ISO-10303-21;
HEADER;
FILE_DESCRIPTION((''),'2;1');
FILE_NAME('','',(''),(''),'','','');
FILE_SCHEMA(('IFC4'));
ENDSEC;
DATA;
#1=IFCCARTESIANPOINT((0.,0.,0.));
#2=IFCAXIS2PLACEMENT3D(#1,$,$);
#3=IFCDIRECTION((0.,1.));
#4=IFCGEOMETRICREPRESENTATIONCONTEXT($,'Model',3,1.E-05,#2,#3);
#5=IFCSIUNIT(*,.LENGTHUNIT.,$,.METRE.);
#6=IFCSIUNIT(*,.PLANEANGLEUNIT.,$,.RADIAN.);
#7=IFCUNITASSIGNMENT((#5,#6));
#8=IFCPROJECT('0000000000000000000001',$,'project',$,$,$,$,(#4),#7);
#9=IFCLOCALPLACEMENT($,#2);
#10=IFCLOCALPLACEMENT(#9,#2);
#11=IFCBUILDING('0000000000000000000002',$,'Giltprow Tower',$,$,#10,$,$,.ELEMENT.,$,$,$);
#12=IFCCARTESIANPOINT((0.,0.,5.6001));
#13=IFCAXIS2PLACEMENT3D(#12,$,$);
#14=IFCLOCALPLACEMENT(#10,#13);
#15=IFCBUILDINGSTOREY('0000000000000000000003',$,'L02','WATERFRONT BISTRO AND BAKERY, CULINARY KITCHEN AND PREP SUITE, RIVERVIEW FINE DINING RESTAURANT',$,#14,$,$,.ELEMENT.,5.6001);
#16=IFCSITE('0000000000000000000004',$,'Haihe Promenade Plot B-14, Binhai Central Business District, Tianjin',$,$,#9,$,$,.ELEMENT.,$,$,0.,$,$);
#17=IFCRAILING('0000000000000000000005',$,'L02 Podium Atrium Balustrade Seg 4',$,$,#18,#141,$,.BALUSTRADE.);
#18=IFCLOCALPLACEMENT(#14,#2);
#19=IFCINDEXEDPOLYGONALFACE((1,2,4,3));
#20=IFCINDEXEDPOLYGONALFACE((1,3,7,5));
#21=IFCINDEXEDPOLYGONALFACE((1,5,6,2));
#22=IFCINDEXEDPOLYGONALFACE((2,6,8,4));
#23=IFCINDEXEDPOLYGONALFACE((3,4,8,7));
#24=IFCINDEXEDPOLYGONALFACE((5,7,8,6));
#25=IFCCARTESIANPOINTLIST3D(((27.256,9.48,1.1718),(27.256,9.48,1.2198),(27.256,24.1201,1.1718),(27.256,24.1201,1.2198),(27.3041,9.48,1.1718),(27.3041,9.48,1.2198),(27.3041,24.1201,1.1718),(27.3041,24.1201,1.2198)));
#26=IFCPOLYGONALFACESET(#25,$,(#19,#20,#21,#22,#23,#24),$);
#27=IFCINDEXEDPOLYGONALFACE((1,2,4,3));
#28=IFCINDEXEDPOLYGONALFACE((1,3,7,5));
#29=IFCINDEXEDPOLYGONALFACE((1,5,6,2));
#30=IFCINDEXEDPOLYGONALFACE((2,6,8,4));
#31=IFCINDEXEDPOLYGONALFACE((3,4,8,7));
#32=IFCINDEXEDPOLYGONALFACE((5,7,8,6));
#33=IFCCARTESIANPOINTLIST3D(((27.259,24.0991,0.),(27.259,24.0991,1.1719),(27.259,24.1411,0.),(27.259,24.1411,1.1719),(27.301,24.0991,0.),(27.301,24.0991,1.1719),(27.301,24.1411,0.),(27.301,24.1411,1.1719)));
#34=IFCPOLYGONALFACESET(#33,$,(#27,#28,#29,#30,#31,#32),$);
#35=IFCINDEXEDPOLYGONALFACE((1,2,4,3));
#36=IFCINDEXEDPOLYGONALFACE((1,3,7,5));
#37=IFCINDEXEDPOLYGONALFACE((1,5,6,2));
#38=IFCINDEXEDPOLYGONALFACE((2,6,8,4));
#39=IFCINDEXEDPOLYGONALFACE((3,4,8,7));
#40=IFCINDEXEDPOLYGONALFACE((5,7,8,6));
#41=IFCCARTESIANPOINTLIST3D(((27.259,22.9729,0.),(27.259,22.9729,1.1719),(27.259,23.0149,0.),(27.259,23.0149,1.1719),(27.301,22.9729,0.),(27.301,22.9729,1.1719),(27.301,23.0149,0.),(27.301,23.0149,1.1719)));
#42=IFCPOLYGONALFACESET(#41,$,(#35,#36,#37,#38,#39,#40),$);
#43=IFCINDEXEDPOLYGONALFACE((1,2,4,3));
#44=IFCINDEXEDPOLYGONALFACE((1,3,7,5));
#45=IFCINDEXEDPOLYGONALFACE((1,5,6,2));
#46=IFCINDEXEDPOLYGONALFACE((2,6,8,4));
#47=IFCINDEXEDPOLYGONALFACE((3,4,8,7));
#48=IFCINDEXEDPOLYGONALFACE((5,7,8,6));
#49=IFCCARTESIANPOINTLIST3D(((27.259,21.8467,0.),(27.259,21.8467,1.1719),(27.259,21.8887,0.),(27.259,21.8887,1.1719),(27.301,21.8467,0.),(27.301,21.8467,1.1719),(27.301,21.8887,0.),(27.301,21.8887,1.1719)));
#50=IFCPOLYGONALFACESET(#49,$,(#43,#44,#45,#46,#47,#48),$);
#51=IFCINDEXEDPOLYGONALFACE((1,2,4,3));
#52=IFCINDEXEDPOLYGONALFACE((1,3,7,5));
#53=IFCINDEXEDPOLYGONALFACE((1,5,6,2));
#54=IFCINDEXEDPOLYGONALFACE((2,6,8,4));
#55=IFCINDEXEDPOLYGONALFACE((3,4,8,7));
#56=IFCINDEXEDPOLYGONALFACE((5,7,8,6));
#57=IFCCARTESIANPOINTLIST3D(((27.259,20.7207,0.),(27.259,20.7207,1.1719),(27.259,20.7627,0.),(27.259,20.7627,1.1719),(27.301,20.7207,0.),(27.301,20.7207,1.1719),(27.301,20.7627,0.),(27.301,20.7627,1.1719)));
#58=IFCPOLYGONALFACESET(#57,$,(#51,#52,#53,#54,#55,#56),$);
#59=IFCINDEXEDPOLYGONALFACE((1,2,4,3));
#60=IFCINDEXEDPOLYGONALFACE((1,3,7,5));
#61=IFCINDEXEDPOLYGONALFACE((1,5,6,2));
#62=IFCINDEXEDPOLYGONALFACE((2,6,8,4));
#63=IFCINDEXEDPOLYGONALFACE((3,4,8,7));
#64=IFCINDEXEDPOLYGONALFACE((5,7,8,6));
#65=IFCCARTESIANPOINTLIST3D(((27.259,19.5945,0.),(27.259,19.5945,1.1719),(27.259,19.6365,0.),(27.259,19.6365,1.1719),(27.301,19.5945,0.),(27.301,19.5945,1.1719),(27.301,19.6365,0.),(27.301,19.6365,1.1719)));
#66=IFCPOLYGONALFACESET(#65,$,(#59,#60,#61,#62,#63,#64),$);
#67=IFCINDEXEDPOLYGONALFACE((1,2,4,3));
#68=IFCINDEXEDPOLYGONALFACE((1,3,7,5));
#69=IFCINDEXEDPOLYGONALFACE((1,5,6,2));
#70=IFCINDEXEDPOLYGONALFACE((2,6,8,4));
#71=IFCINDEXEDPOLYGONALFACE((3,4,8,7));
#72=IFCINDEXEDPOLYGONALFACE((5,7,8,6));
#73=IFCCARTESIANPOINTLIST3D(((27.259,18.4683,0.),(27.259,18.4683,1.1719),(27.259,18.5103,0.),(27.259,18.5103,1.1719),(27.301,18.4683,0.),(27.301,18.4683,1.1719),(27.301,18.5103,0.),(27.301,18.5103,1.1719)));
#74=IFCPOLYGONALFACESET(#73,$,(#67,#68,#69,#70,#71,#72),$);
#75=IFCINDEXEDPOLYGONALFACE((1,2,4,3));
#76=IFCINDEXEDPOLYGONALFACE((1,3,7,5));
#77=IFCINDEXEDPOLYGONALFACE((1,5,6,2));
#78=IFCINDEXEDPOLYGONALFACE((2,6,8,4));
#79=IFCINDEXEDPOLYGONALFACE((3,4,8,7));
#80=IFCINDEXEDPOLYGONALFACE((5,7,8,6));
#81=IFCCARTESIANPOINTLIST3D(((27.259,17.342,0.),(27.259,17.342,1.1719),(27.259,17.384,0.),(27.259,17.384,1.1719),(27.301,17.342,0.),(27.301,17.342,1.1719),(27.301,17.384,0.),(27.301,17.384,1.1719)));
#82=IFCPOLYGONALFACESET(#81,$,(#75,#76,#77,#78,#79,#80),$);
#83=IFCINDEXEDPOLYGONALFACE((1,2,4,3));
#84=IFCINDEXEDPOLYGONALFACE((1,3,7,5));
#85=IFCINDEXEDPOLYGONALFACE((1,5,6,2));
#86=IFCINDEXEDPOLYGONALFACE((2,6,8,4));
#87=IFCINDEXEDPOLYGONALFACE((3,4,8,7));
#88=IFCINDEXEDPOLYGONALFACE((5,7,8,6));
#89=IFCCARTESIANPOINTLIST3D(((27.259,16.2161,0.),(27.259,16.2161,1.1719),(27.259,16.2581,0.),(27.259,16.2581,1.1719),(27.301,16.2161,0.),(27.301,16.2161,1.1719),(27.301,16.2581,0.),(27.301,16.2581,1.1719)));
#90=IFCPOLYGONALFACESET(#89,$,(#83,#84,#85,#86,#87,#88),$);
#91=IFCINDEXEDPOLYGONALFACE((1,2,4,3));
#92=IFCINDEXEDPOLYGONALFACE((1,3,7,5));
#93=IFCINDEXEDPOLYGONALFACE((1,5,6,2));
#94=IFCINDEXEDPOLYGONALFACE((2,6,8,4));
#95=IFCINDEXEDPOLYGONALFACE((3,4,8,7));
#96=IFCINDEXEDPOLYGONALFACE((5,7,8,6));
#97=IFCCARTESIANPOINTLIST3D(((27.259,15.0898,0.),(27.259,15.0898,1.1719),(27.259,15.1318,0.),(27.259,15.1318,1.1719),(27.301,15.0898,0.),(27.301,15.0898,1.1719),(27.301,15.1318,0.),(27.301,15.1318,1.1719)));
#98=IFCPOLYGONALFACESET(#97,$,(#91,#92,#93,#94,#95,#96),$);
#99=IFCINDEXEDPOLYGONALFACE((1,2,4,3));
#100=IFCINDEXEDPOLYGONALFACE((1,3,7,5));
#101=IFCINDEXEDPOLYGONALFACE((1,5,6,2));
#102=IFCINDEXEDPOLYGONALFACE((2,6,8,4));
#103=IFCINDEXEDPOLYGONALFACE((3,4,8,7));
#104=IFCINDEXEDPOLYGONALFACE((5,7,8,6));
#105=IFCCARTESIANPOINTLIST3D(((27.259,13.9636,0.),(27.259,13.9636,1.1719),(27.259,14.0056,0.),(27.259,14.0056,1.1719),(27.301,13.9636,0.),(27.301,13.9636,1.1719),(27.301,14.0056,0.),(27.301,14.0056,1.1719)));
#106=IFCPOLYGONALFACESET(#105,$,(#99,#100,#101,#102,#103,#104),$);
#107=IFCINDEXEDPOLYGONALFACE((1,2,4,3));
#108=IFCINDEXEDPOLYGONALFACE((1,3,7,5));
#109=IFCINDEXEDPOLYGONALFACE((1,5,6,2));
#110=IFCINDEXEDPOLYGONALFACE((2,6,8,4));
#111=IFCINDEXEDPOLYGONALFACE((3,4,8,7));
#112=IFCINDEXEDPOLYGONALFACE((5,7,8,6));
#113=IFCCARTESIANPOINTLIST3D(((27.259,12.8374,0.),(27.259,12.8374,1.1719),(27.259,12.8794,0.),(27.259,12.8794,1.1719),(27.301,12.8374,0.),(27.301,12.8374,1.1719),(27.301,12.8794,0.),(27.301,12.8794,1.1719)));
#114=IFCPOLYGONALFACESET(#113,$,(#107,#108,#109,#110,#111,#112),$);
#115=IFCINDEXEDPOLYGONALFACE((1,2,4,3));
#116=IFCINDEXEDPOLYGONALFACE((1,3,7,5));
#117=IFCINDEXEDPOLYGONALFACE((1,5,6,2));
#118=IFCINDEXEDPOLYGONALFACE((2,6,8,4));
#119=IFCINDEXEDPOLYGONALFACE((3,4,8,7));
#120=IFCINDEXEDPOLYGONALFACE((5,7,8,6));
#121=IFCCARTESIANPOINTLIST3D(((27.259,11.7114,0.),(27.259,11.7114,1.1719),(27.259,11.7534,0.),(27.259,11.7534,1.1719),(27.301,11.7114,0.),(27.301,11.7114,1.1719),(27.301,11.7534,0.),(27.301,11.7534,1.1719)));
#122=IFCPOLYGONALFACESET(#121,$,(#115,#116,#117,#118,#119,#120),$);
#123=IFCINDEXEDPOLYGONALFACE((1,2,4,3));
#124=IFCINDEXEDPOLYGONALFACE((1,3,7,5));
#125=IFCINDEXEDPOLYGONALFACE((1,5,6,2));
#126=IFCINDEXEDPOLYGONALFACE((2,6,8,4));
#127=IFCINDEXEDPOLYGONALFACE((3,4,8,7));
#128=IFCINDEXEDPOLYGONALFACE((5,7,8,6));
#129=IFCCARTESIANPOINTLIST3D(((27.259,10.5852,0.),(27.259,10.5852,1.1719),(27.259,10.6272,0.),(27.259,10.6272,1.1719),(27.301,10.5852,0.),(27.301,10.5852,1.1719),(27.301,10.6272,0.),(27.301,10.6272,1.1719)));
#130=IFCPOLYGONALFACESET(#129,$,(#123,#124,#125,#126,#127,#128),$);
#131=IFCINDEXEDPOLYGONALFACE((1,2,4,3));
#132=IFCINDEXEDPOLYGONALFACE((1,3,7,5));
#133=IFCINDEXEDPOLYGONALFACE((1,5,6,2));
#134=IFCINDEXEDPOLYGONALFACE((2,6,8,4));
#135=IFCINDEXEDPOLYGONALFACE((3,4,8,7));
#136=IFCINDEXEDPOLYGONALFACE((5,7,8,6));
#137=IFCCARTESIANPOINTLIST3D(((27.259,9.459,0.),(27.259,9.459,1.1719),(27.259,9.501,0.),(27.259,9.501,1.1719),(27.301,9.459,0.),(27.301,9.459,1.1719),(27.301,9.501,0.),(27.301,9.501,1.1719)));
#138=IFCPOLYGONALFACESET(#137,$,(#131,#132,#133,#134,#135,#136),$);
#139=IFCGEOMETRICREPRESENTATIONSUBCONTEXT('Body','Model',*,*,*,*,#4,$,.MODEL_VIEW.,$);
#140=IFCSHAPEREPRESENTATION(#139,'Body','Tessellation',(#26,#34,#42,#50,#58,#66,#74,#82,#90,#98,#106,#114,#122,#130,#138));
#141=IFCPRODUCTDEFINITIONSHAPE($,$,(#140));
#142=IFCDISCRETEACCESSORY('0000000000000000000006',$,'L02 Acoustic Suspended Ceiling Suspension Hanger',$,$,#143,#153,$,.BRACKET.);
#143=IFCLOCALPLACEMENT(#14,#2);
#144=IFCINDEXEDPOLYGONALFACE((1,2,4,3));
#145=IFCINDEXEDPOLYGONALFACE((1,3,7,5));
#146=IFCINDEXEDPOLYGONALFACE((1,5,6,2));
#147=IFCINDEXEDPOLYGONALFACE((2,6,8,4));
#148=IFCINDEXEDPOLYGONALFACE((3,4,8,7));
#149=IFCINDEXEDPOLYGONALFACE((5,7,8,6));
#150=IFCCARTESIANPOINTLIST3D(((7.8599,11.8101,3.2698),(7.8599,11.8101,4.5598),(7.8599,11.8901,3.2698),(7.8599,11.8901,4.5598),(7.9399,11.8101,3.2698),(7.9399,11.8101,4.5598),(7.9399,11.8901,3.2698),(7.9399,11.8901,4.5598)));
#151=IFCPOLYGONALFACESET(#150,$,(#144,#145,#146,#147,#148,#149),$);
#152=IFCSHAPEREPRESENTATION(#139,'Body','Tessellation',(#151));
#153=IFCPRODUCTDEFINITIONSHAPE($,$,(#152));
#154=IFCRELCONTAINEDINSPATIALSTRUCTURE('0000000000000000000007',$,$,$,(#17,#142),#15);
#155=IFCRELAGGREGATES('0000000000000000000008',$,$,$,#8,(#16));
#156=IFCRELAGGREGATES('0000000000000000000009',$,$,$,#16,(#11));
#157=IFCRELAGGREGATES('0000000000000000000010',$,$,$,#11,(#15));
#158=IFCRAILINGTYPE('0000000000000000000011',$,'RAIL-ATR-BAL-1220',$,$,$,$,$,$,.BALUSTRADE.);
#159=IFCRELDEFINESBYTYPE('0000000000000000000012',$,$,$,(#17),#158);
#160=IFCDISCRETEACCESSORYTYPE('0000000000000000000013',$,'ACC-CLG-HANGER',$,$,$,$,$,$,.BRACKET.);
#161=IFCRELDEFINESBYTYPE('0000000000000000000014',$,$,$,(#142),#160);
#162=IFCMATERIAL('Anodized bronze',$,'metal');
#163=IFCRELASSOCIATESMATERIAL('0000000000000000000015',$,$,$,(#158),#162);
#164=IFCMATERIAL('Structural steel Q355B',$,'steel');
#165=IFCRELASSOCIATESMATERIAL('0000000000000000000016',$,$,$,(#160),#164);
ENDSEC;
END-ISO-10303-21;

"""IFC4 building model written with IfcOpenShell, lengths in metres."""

from ifc_helpers import new_model, si_unit, direction, frame, origin, origin_2d, place, context, subcontext, project, spatial, rectangle, extrude, source, transform, mapped, material, type_object, element, save


model = new_model("IFC4")

# Units and contexts
model_context = context("Model", 3, precision=1e-05, world=origin(), true_north=direction((0.0, 1.0)))
body_context = subcontext(model_context, "Body", "Model", "MODEL_VIEW")
ifc_project = project(units=[si_unit("LENGTHUNIT", "METRE"), si_unit("PLANEANGLEUNIT", "RADIAN")], contexts=[model_context])

# Site, building, storey
site_placement = place(None, origin())
site = spatial("IfcSite", under=ifc_project, at=site_placement, Name="Haihe Promenade Plot B-14, Binhai Central Business District, Tianjin", CompositionType="ELEMENT", RefElevation=0.0)
building_placement = place(site_placement, origin())
building = spatial("IfcBuilding", under=site, at=building_placement, Name="Giltprow Tower", CompositionType="ELEMENT")
storey_placement = place(building_placement, frame((0.0, 0.0, 5.6001)))
storey = spatial("IfcBuildingStorey", under=building, at=storey_placement, Name="L02", Description="WATERFRONT BISTRO AND BAKERY, CULINARY KITCHEN AND PREP SUITE, RIVERVIEW FINE DINING RESTAURANT", CompositionType="ELEMENT", Elevation=5.6001)

# Shared definitions
ifc_material_1 = material(Name="Structural steel Q355B", Category="steel")

# Railing
ifc_material_2 = material(Name="Anodized bronze", Category="metal")
railing_type = type_object("IfcRailingType", Name="RAIL-ATR-BAL-1220", PredefinedType="BALUSTRADE", material=ifc_material_2)
railing_1_placement = place(storey_placement, frame((27.28, 24.1201, 0.0)))
element("IfcRailing", 1, at=railing_1_placement, inside=storey, type_object=railing_type, Name="L02 Podium Atrium Balustrade Seg 4", PredefinedType="BALUSTRADE", context=body_context, shape_type="SweptSolid", body=[
    extrude(rectangle(XDim=0.0481, YDim=0.0481, at=origin_2d()), frame((0.0, 0.0, 1.1958), z_axis=(0.0, -1.0, 0.0), x_axis=(1.0, 0.0, 0.0)), (0.0, 0.0, 1.0), 14.6401),
    extrude(rectangle(XDim=0.042, YDim=0.042, at=origin_2d()), origin(), (0.0, 0.0, 1.0), 1.1719),
    extrude(rectangle(XDim=0.042, YDim=0.042, at=origin_2d()), frame((0.0, -1.1262, 0.0)), (0.0, 0.0, 1.0), 1.1719),
    extrude(rectangle(XDim=0.042, YDim=0.042, at=origin_2d()), frame((0.0, -2.2524, 0.0)), (0.0, 0.0, 1.0), 1.1719),
    extrude(rectangle(XDim=0.042, YDim=0.042, at=origin_2d()), frame((0.0, -3.3784, 0.0)), (0.0, 0.0, 1.0), 1.1719),
    extrude(rectangle(XDim=0.042, YDim=0.042, at=origin_2d()), frame((0.0, -4.5046, 0.0)), (0.0, 0.0, 1.0), 1.1719),
    extrude(rectangle(XDim=0.042, YDim=0.042, at=origin_2d()), frame((0.0, -5.6309, 0.0)), (0.0, 0.0, 1.0), 1.1719),
    extrude(rectangle(XDim=0.042, YDim=0.042, at=origin_2d()), frame((0.0, -6.7571, 0.0)), (0.0, 0.0, 1.0), 1.1719),
    extrude(rectangle(XDim=0.042, YDim=0.042, at=origin_2d()), frame((0.0, -7.8831, 0.0)), (0.0, 0.0, 1.0), 1.1719),
    extrude(rectangle(XDim=0.042, YDim=0.042, at=origin_2d()), frame((0.0, -9.0093, 0.0)), (0.0, 0.0, 1.0), 1.1719),
    extrude(rectangle(XDim=0.042, YDim=0.042, at=origin_2d()), frame((0.0, -10.1355, 0.0)), (0.0, 0.0, 1.0), 1.1719),
    extrude(rectangle(XDim=0.042, YDim=0.042, at=origin_2d()), frame((0.0, -11.2617, 0.0)), (0.0, 0.0, 1.0), 1.1719),
    extrude(rectangle(XDim=0.042, YDim=0.042, at=origin_2d()), frame((0.0, -12.3877, 0.0)), (0.0, 0.0, 1.0), 1.1719),
    extrude(rectangle(XDim=0.042, YDim=0.042, at=origin_2d()), frame((0.0, -13.5139, 0.0)), (0.0, 0.0, 1.0), 1.1719),
    extrude(rectangle(XDim=0.042, YDim=0.042, at=origin_2d()), frame((0.0, -14.6401, 0.0)), (0.0, 0.0, 1.0), 1.1719),
])

# Discrete accessory
discrete_accessory_type = type_object("IfcDiscreteAccessoryType", Name="ACC-CLG-HANGER", PredefinedType="BRACKET", material=ifc_material_1)
shared_shape_1 = source(origin(), body_context, "Body", "SweptSolid", [
    extrude(rectangle(XDim=0.0801, YDim=0.0801, at=origin_2d()), origin(), (0.0, 0.0, 1.0), 1.29),
])
discrete_accessory_placement = place(storey_placement, frame((7.8999, 11.8501, 3.2698), z_axis=(0.0, 0.0, 1.0), x_axis=(1.0, 0.0, 0.0)))
element("IfcDiscreteAccessory", 2, at=discrete_accessory_placement, inside=storey, type_object=discrete_accessory_type, Name="L02 Acoustic Suspended Ceiling Suspension Hanger", PredefinedType="BRACKET", context=body_context, shape_type="MappedRepresentation", body=[
    mapped(shared_shape_1, transform((0.0, 0.0, 0.0), x_axis=(1.0, 0.0, 0.0), y_axis=(0.0, 1.0, 0.0), z_axis=(0.0, 0.0, 1.0), scale=1.0)),
])

save(model, "model.ifc")
